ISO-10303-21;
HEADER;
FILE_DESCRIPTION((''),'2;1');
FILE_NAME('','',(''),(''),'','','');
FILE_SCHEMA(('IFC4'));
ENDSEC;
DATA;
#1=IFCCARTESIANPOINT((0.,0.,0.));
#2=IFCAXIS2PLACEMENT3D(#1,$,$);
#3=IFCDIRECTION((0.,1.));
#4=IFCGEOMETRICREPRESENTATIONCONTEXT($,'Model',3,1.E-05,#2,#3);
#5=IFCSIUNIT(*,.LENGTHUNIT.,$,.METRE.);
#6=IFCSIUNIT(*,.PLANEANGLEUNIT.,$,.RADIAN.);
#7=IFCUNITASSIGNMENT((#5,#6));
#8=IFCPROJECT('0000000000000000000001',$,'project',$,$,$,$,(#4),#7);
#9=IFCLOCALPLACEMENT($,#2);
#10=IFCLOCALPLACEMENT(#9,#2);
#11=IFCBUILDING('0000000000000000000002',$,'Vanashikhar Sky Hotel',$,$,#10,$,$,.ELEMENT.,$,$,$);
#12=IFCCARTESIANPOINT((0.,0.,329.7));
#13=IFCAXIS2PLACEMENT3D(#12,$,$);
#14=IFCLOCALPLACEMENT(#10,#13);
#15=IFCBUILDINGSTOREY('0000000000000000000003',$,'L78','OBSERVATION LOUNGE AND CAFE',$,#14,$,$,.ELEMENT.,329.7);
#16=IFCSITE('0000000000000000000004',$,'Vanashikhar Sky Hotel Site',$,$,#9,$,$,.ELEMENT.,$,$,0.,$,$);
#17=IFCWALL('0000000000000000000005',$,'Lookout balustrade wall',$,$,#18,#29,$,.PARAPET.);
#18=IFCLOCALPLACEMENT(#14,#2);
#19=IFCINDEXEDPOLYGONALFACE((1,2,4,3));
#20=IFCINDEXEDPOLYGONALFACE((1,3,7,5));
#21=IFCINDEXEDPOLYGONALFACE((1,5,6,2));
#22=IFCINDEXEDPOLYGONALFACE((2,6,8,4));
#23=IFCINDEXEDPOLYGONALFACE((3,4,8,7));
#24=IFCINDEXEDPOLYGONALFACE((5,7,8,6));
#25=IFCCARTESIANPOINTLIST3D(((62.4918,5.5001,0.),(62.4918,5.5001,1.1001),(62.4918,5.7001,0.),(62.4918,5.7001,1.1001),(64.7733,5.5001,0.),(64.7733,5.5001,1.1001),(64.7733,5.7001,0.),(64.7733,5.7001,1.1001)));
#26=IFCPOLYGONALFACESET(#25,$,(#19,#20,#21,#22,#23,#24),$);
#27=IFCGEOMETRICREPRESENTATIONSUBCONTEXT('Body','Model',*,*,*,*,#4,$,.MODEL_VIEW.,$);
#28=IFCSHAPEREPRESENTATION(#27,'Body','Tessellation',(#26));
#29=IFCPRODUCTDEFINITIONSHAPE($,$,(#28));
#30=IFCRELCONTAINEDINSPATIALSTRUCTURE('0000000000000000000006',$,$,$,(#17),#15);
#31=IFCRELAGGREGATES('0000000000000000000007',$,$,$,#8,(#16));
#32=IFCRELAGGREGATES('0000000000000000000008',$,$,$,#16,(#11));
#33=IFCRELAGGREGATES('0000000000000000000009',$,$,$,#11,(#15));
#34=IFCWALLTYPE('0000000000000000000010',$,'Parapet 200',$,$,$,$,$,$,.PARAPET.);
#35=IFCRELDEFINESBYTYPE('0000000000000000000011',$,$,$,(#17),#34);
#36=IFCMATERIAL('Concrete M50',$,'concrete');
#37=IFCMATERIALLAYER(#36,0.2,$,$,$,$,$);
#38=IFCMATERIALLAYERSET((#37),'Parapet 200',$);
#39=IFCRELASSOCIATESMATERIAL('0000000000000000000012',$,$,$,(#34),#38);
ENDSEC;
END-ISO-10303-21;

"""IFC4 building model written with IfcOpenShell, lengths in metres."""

from ifc_helpers import new_model, si_unit, direction, frame, frame_2d, origin, place, context, subcontext, project, spatial, rectangle, extrude, source, transform, mapped, material, layer, layer_set, type_object, element, save


model = new_model("IFC4")

# Units and contexts
model_context = context("Model", 3, precision=1e-05, world=origin(), true_north=direction((0.0, 1.0)))
body_context = subcontext(model_context, "Body", "Model", "MODEL_VIEW")
ifc_project = project(units=[si_unit("LENGTHUNIT", "METRE"), si_unit("PLANEANGLEUNIT", "RADIAN")], contexts=[model_context])

# Site, building, storey
site_placement = place(None, origin())
site = spatial("IfcSite", under=ifc_project, at=site_placement, Name="Vanashikhar Sky Hotel Site", CompositionType="ELEMENT", RefElevation=0.0)
building_placement = place(site_placement, origin())
building = spatial("IfcBuilding", under=site, at=building_placement, Name="Vanashikhar Sky Hotel", CompositionType="ELEMENT")
storey_placement = place(building_placement, frame((0.0, 0.0, 329.7)))
storey = spatial("IfcBuildingStorey", under=building, at=storey_placement, Name="L78", Description="OBSERVATION LOUNGE AND CAFE", CompositionType="ELEMENT", Elevation=329.7)

# Shared definitions
ifc_material_1 = material(Name="Concrete M50", Category="concrete")

# Wall
ifc_layer_1 = layer(ifc_material_1, 0.2)
ifc_layer_set_1 = layer_set([ifc_layer_1], Name="Parapet 200")
wall_type_1 = type_object("IfcWallType", Name="Parapet 200", PredefinedType="PARAPET", material=ifc_layer_set_1)
shared_shape_1 = source(origin(), body_context, "Body", "SweptSolid", [
    extrude(rectangle(XDim=2.2815, YDim=0.2, at=frame_2d((1.1406, 0.0))), origin(), (0.0, 0.0, 1.0), 1.1001),
])
wall_1_placement = place(storey_placement, frame((64.7732, 5.6001, 0.0), z_axis=(0.0, 0.0, 1.0), x_axis=(-1.0, 0.0, 0.0)))
element("IfcWall", 1, at=wall_1_placement, inside=storey, type_object=wall_type_1, Name="Lookout balustrade wall", PredefinedType="PARAPET", context=body_context, shape_type="MappedRepresentation", body=[
    mapped(shared_shape_1, transform((0.0, 0.0, 0.0), scale=1.0)),
])

save(model, "model.ifc")
